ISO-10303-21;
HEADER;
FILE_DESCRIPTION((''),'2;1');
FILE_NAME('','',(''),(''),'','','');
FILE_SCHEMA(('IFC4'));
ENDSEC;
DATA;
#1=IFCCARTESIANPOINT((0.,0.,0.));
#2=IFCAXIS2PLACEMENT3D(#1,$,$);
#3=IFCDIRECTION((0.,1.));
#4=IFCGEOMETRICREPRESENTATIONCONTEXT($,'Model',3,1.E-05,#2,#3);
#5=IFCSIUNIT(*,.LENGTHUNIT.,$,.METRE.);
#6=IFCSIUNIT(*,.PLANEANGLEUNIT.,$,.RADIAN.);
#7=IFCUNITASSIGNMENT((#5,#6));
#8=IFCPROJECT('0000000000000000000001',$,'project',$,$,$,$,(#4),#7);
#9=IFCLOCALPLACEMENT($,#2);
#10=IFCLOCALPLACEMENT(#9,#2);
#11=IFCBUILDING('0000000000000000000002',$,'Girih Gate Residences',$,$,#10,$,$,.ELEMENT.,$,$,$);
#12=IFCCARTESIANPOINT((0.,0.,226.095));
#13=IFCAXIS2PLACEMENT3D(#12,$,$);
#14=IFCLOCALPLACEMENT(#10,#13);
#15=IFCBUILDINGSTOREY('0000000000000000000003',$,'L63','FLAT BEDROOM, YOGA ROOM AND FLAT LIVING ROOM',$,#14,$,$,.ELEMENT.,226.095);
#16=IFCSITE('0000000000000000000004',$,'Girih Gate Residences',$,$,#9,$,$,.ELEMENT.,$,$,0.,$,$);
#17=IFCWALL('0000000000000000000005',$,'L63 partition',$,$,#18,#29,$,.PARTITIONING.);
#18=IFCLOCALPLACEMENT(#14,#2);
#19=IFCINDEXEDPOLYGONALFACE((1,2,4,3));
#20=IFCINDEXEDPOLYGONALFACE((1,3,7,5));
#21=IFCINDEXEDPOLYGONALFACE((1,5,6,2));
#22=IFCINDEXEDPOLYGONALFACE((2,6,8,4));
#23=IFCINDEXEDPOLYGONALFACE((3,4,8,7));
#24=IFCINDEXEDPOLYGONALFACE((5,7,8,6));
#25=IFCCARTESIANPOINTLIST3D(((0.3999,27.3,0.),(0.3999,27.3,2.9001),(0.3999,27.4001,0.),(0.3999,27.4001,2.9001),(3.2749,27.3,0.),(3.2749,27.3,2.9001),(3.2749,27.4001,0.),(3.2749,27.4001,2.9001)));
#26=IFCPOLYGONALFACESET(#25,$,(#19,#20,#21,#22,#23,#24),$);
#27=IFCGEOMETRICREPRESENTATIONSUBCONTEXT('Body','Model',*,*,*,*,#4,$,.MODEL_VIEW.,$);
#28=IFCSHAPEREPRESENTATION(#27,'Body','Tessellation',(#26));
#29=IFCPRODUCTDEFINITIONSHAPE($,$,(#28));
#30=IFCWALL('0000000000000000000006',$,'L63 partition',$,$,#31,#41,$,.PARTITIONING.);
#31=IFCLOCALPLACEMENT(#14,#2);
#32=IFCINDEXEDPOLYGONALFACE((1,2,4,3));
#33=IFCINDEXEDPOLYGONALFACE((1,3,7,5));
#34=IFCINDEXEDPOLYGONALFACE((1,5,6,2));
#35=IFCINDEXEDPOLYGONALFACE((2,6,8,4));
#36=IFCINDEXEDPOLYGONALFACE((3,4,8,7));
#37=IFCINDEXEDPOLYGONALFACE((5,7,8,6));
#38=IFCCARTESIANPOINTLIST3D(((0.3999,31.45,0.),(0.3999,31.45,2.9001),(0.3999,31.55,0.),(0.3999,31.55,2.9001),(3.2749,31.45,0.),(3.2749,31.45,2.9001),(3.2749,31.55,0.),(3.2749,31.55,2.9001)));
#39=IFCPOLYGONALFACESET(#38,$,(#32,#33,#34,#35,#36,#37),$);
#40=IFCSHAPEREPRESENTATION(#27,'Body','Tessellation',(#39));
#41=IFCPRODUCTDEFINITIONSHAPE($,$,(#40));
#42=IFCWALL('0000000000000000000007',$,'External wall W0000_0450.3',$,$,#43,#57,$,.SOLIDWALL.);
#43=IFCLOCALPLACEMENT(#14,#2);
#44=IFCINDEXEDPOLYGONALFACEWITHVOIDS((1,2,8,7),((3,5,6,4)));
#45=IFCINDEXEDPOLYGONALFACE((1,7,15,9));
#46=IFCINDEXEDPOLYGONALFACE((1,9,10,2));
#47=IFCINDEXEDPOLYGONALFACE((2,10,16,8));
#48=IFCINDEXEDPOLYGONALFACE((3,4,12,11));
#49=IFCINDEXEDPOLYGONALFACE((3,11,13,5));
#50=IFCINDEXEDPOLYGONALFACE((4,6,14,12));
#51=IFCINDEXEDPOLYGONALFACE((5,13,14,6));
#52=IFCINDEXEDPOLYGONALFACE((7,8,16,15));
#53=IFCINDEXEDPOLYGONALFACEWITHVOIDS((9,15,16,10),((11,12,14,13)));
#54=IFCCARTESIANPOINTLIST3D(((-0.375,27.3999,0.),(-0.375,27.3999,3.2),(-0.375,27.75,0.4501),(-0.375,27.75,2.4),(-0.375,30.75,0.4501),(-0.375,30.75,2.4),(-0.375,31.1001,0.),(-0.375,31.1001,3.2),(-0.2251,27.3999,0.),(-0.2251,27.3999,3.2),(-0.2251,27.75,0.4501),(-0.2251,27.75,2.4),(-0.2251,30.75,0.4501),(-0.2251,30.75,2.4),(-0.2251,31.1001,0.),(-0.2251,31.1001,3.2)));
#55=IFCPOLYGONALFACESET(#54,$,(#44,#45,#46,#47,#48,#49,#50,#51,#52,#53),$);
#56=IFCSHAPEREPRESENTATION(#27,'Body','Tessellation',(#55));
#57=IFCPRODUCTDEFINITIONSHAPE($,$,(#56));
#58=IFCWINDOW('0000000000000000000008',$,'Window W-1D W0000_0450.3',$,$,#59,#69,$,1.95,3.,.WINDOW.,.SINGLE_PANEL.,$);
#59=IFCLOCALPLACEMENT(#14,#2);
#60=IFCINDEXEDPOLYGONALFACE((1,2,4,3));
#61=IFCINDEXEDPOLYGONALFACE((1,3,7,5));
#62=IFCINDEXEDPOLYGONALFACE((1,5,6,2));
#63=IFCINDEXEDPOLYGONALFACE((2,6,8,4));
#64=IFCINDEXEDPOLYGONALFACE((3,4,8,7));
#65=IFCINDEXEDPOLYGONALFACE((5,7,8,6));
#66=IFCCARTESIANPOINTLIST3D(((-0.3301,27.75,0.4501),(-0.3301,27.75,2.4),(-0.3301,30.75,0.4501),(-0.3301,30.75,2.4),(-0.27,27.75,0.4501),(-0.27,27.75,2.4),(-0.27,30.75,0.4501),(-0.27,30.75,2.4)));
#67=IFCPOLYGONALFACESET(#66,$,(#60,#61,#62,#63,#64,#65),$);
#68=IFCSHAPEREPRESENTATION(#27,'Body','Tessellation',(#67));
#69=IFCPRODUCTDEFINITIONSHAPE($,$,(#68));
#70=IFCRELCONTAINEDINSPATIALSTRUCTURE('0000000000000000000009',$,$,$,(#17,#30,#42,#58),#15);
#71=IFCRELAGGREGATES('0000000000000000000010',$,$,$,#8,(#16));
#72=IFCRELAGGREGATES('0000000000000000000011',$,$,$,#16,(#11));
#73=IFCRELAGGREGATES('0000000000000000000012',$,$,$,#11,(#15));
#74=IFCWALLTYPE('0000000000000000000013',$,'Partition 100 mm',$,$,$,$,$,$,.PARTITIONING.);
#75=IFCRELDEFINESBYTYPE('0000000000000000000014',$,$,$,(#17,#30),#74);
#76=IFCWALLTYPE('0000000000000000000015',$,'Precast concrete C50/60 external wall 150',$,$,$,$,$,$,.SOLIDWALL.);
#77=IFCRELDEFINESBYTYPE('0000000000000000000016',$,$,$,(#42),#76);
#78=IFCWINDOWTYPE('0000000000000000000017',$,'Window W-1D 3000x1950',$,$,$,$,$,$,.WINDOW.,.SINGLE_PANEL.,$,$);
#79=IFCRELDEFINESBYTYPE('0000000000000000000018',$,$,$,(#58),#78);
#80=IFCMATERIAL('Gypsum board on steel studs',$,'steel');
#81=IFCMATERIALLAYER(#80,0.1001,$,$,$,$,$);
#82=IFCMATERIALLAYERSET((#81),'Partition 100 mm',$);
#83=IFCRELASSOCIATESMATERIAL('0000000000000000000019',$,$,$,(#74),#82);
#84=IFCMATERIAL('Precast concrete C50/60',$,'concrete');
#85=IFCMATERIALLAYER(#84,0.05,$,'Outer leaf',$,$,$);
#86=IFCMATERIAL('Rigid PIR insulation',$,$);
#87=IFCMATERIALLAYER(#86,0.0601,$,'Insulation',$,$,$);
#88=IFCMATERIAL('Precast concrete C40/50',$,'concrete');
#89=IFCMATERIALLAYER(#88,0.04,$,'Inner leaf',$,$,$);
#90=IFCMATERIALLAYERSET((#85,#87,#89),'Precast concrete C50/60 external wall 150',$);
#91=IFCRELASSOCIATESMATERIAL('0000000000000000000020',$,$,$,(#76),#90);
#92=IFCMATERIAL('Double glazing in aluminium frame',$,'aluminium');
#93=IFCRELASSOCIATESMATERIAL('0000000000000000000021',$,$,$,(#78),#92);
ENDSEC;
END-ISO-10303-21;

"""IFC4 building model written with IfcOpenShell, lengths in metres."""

from ifc_helpers import new_model, si_unit, direction, frame, frame_2d, origin, place, context, subcontext, project, spatial, rectangle, extrude, material, layer, layer_set, type_object, element, fill, save


model = new_model("IFC4")

# Units and contexts
model_context = context("Model", 3, precision=1e-05, world=origin(), true_north=direction((0.0, 1.0)))
body_context = subcontext(model_context, "Body", "Model", "MODEL_VIEW")
ifc_project = project(units=[si_unit("LENGTHUNIT", "METRE"), si_unit("PLANEANGLEUNIT", "RADIAN")], contexts=[model_context])

# Site, building, storey
site_placement = place(None, origin())
site = spatial("IfcSite", under=ifc_project, at=site_placement, Name="Girih Gate Residences", CompositionType="ELEMENT", RefElevation=0.0)
building_placement = place(site_placement, origin())
building = spatial("IfcBuilding", under=site, at=building_placement, Name="Girih Gate Residences", CompositionType="ELEMENT")
storey_placement = place(building_placement, frame((0.0, 0.0, 226.095)))
storey = spatial("IfcBuildingStorey", under=building, at=storey_placement, Name="L63", Description="FLAT BEDROOM, YOGA ROOM AND FLAT LIVING ROOM", CompositionType="ELEMENT", Elevation=226.095)

# Shared definitions
ifc_material_1 = material(Name="Gypsum board on steel studs", Category="steel")

# Walls
ifc_layer_1 = layer(ifc_material_1, 0.1001)
ifc_layer_set_1 = layer_set([ifc_layer_1], Name="Partition 100 mm")
wall_type_1 = type_object("IfcWallType", Name="Partition 100 mm", PredefinedType="PARTITIONING", material=ifc_layer_set_1)
for number, where, z_axis, x_axis, name in (
    (1, (0.3999, 27.3501, 0.0), (0.0, 0.0, 1.0), (1.0, 0.0, 0.0), "L63 partition"),
    (2, (0.3999, 31.5, 0.0), (0.0, 0.0, 1.0), (1.0, 0.0, 0.0), "L63 partition"),
):
    element("IfcWall", number, at=place(storey_placement, frame(where, z_axis=z_axis, x_axis=x_axis)), inside=storey, type_object=wall_type_1, Name=name, PredefinedType="PARTITIONING", context=body_context, shape_type="SweptSolid", body=[
        extrude(rectangle(XDim=2.875, YDim=0.1001, at=frame_2d((1.4375, 0.0))), origin(), (0.0, 0.0, 1.0), 2.9001),
    ])

# Wall, opening, window
ifc_material_2 = material(Name="Precast concrete C50/60", Category="concrete")
ifc_layer_2 = layer(ifc_material_2, 0.05, Name="Outer leaf")
ifc_material_3 = material(Name="Rigid PIR insulation")
ifc_layer_3 = layer(ifc_material_3, 0.0601, Name="Insulation")
ifc_material_4 = material(Name="Precast concrete C40/50", Category="concrete")
ifc_layer_4 = layer(ifc_material_4, 0.04, Name="Inner leaf")
ifc_layer_set_2 = layer_set([ifc_layer_2, ifc_layer_3, ifc_layer_4], Name="Precast concrete C50/60 external wall 150")
wall_type_2 = type_object("IfcWallType", Name="Precast concrete C50/60 external wall 150", PredefinedType="SOLIDWALL", material=ifc_layer_set_2)
wall_1_placement = place(storey_placement, frame((-0.3, 27.3999, 0.0), z_axis=(0.0, 0.0, 1.0), x_axis=(0.0, 1.0, 0.0)))
wall_1 = element("IfcWall", 3, at=wall_1_placement, inside=storey, type_object=wall_type_2, Name="External wall W0000_0450.3", PredefinedType="SOLIDWALL", context=body_context, shape_type="SweptSolid", body=[
    extrude(rectangle(XDim=3.7002, YDim=0.1499, at=frame_2d((1.8501, 0.0))), origin(), (0.0, 0.0, 1.0), 3.2),
])
opening_1_placement = place(wall_1_placement, frame((0.3501, 0.0, 0.45)))
opening_1 = element("IfcOpeningElement", 4, at=opening_1_placement, cuts=wall_1, PredefinedType="OPENING", context=body_context, shape_type="SweptSolid", body=[
    extrude(rectangle(XDim=3.0, YDim=1.95, at=frame_2d((1.5, 0.9751))), frame((0.0, 0.085, 0.0), z_axis=(0.0, -1.0, 0.0), x_axis=(1.0, 0.0, 0.0)), (0.0, 0.0, 1.0), 0.1699),
])
ifc_material_5 = material(Name="Double glazing in aluminium frame", Category="aluminium")
window_type = type_object("IfcWindowType", Name="Window W-1D 3000x1950", PartitioningType="SINGLE_PANEL", PredefinedType="WINDOW", material=ifc_material_5)
window_placement = place(opening_1_placement, origin())
window = element("IfcWindow", 5, at=window_placement, inside=storey, type_object=window_type, Name="Window W-1D W0000_0450.3", OverallHeight=1.95, OverallWidth=3.0, PartitioningType="SINGLE_PANEL", PredefinedType="WINDOW", context=body_context, shape_type="SweptSolid", body=[
    extrude(rectangle(XDim=3.0, YDim=1.95, at=frame_2d((1.5, 0.9751))), frame((0.0, 0.03, 0.0), z_axis=(0.0, -1.0, 0.0), x_axis=(1.0, 0.0, 0.0)), (0.0, 0.0, 1.0), 0.0601),
])
fill(opening_1, window)

save(model, "model.ifc")
